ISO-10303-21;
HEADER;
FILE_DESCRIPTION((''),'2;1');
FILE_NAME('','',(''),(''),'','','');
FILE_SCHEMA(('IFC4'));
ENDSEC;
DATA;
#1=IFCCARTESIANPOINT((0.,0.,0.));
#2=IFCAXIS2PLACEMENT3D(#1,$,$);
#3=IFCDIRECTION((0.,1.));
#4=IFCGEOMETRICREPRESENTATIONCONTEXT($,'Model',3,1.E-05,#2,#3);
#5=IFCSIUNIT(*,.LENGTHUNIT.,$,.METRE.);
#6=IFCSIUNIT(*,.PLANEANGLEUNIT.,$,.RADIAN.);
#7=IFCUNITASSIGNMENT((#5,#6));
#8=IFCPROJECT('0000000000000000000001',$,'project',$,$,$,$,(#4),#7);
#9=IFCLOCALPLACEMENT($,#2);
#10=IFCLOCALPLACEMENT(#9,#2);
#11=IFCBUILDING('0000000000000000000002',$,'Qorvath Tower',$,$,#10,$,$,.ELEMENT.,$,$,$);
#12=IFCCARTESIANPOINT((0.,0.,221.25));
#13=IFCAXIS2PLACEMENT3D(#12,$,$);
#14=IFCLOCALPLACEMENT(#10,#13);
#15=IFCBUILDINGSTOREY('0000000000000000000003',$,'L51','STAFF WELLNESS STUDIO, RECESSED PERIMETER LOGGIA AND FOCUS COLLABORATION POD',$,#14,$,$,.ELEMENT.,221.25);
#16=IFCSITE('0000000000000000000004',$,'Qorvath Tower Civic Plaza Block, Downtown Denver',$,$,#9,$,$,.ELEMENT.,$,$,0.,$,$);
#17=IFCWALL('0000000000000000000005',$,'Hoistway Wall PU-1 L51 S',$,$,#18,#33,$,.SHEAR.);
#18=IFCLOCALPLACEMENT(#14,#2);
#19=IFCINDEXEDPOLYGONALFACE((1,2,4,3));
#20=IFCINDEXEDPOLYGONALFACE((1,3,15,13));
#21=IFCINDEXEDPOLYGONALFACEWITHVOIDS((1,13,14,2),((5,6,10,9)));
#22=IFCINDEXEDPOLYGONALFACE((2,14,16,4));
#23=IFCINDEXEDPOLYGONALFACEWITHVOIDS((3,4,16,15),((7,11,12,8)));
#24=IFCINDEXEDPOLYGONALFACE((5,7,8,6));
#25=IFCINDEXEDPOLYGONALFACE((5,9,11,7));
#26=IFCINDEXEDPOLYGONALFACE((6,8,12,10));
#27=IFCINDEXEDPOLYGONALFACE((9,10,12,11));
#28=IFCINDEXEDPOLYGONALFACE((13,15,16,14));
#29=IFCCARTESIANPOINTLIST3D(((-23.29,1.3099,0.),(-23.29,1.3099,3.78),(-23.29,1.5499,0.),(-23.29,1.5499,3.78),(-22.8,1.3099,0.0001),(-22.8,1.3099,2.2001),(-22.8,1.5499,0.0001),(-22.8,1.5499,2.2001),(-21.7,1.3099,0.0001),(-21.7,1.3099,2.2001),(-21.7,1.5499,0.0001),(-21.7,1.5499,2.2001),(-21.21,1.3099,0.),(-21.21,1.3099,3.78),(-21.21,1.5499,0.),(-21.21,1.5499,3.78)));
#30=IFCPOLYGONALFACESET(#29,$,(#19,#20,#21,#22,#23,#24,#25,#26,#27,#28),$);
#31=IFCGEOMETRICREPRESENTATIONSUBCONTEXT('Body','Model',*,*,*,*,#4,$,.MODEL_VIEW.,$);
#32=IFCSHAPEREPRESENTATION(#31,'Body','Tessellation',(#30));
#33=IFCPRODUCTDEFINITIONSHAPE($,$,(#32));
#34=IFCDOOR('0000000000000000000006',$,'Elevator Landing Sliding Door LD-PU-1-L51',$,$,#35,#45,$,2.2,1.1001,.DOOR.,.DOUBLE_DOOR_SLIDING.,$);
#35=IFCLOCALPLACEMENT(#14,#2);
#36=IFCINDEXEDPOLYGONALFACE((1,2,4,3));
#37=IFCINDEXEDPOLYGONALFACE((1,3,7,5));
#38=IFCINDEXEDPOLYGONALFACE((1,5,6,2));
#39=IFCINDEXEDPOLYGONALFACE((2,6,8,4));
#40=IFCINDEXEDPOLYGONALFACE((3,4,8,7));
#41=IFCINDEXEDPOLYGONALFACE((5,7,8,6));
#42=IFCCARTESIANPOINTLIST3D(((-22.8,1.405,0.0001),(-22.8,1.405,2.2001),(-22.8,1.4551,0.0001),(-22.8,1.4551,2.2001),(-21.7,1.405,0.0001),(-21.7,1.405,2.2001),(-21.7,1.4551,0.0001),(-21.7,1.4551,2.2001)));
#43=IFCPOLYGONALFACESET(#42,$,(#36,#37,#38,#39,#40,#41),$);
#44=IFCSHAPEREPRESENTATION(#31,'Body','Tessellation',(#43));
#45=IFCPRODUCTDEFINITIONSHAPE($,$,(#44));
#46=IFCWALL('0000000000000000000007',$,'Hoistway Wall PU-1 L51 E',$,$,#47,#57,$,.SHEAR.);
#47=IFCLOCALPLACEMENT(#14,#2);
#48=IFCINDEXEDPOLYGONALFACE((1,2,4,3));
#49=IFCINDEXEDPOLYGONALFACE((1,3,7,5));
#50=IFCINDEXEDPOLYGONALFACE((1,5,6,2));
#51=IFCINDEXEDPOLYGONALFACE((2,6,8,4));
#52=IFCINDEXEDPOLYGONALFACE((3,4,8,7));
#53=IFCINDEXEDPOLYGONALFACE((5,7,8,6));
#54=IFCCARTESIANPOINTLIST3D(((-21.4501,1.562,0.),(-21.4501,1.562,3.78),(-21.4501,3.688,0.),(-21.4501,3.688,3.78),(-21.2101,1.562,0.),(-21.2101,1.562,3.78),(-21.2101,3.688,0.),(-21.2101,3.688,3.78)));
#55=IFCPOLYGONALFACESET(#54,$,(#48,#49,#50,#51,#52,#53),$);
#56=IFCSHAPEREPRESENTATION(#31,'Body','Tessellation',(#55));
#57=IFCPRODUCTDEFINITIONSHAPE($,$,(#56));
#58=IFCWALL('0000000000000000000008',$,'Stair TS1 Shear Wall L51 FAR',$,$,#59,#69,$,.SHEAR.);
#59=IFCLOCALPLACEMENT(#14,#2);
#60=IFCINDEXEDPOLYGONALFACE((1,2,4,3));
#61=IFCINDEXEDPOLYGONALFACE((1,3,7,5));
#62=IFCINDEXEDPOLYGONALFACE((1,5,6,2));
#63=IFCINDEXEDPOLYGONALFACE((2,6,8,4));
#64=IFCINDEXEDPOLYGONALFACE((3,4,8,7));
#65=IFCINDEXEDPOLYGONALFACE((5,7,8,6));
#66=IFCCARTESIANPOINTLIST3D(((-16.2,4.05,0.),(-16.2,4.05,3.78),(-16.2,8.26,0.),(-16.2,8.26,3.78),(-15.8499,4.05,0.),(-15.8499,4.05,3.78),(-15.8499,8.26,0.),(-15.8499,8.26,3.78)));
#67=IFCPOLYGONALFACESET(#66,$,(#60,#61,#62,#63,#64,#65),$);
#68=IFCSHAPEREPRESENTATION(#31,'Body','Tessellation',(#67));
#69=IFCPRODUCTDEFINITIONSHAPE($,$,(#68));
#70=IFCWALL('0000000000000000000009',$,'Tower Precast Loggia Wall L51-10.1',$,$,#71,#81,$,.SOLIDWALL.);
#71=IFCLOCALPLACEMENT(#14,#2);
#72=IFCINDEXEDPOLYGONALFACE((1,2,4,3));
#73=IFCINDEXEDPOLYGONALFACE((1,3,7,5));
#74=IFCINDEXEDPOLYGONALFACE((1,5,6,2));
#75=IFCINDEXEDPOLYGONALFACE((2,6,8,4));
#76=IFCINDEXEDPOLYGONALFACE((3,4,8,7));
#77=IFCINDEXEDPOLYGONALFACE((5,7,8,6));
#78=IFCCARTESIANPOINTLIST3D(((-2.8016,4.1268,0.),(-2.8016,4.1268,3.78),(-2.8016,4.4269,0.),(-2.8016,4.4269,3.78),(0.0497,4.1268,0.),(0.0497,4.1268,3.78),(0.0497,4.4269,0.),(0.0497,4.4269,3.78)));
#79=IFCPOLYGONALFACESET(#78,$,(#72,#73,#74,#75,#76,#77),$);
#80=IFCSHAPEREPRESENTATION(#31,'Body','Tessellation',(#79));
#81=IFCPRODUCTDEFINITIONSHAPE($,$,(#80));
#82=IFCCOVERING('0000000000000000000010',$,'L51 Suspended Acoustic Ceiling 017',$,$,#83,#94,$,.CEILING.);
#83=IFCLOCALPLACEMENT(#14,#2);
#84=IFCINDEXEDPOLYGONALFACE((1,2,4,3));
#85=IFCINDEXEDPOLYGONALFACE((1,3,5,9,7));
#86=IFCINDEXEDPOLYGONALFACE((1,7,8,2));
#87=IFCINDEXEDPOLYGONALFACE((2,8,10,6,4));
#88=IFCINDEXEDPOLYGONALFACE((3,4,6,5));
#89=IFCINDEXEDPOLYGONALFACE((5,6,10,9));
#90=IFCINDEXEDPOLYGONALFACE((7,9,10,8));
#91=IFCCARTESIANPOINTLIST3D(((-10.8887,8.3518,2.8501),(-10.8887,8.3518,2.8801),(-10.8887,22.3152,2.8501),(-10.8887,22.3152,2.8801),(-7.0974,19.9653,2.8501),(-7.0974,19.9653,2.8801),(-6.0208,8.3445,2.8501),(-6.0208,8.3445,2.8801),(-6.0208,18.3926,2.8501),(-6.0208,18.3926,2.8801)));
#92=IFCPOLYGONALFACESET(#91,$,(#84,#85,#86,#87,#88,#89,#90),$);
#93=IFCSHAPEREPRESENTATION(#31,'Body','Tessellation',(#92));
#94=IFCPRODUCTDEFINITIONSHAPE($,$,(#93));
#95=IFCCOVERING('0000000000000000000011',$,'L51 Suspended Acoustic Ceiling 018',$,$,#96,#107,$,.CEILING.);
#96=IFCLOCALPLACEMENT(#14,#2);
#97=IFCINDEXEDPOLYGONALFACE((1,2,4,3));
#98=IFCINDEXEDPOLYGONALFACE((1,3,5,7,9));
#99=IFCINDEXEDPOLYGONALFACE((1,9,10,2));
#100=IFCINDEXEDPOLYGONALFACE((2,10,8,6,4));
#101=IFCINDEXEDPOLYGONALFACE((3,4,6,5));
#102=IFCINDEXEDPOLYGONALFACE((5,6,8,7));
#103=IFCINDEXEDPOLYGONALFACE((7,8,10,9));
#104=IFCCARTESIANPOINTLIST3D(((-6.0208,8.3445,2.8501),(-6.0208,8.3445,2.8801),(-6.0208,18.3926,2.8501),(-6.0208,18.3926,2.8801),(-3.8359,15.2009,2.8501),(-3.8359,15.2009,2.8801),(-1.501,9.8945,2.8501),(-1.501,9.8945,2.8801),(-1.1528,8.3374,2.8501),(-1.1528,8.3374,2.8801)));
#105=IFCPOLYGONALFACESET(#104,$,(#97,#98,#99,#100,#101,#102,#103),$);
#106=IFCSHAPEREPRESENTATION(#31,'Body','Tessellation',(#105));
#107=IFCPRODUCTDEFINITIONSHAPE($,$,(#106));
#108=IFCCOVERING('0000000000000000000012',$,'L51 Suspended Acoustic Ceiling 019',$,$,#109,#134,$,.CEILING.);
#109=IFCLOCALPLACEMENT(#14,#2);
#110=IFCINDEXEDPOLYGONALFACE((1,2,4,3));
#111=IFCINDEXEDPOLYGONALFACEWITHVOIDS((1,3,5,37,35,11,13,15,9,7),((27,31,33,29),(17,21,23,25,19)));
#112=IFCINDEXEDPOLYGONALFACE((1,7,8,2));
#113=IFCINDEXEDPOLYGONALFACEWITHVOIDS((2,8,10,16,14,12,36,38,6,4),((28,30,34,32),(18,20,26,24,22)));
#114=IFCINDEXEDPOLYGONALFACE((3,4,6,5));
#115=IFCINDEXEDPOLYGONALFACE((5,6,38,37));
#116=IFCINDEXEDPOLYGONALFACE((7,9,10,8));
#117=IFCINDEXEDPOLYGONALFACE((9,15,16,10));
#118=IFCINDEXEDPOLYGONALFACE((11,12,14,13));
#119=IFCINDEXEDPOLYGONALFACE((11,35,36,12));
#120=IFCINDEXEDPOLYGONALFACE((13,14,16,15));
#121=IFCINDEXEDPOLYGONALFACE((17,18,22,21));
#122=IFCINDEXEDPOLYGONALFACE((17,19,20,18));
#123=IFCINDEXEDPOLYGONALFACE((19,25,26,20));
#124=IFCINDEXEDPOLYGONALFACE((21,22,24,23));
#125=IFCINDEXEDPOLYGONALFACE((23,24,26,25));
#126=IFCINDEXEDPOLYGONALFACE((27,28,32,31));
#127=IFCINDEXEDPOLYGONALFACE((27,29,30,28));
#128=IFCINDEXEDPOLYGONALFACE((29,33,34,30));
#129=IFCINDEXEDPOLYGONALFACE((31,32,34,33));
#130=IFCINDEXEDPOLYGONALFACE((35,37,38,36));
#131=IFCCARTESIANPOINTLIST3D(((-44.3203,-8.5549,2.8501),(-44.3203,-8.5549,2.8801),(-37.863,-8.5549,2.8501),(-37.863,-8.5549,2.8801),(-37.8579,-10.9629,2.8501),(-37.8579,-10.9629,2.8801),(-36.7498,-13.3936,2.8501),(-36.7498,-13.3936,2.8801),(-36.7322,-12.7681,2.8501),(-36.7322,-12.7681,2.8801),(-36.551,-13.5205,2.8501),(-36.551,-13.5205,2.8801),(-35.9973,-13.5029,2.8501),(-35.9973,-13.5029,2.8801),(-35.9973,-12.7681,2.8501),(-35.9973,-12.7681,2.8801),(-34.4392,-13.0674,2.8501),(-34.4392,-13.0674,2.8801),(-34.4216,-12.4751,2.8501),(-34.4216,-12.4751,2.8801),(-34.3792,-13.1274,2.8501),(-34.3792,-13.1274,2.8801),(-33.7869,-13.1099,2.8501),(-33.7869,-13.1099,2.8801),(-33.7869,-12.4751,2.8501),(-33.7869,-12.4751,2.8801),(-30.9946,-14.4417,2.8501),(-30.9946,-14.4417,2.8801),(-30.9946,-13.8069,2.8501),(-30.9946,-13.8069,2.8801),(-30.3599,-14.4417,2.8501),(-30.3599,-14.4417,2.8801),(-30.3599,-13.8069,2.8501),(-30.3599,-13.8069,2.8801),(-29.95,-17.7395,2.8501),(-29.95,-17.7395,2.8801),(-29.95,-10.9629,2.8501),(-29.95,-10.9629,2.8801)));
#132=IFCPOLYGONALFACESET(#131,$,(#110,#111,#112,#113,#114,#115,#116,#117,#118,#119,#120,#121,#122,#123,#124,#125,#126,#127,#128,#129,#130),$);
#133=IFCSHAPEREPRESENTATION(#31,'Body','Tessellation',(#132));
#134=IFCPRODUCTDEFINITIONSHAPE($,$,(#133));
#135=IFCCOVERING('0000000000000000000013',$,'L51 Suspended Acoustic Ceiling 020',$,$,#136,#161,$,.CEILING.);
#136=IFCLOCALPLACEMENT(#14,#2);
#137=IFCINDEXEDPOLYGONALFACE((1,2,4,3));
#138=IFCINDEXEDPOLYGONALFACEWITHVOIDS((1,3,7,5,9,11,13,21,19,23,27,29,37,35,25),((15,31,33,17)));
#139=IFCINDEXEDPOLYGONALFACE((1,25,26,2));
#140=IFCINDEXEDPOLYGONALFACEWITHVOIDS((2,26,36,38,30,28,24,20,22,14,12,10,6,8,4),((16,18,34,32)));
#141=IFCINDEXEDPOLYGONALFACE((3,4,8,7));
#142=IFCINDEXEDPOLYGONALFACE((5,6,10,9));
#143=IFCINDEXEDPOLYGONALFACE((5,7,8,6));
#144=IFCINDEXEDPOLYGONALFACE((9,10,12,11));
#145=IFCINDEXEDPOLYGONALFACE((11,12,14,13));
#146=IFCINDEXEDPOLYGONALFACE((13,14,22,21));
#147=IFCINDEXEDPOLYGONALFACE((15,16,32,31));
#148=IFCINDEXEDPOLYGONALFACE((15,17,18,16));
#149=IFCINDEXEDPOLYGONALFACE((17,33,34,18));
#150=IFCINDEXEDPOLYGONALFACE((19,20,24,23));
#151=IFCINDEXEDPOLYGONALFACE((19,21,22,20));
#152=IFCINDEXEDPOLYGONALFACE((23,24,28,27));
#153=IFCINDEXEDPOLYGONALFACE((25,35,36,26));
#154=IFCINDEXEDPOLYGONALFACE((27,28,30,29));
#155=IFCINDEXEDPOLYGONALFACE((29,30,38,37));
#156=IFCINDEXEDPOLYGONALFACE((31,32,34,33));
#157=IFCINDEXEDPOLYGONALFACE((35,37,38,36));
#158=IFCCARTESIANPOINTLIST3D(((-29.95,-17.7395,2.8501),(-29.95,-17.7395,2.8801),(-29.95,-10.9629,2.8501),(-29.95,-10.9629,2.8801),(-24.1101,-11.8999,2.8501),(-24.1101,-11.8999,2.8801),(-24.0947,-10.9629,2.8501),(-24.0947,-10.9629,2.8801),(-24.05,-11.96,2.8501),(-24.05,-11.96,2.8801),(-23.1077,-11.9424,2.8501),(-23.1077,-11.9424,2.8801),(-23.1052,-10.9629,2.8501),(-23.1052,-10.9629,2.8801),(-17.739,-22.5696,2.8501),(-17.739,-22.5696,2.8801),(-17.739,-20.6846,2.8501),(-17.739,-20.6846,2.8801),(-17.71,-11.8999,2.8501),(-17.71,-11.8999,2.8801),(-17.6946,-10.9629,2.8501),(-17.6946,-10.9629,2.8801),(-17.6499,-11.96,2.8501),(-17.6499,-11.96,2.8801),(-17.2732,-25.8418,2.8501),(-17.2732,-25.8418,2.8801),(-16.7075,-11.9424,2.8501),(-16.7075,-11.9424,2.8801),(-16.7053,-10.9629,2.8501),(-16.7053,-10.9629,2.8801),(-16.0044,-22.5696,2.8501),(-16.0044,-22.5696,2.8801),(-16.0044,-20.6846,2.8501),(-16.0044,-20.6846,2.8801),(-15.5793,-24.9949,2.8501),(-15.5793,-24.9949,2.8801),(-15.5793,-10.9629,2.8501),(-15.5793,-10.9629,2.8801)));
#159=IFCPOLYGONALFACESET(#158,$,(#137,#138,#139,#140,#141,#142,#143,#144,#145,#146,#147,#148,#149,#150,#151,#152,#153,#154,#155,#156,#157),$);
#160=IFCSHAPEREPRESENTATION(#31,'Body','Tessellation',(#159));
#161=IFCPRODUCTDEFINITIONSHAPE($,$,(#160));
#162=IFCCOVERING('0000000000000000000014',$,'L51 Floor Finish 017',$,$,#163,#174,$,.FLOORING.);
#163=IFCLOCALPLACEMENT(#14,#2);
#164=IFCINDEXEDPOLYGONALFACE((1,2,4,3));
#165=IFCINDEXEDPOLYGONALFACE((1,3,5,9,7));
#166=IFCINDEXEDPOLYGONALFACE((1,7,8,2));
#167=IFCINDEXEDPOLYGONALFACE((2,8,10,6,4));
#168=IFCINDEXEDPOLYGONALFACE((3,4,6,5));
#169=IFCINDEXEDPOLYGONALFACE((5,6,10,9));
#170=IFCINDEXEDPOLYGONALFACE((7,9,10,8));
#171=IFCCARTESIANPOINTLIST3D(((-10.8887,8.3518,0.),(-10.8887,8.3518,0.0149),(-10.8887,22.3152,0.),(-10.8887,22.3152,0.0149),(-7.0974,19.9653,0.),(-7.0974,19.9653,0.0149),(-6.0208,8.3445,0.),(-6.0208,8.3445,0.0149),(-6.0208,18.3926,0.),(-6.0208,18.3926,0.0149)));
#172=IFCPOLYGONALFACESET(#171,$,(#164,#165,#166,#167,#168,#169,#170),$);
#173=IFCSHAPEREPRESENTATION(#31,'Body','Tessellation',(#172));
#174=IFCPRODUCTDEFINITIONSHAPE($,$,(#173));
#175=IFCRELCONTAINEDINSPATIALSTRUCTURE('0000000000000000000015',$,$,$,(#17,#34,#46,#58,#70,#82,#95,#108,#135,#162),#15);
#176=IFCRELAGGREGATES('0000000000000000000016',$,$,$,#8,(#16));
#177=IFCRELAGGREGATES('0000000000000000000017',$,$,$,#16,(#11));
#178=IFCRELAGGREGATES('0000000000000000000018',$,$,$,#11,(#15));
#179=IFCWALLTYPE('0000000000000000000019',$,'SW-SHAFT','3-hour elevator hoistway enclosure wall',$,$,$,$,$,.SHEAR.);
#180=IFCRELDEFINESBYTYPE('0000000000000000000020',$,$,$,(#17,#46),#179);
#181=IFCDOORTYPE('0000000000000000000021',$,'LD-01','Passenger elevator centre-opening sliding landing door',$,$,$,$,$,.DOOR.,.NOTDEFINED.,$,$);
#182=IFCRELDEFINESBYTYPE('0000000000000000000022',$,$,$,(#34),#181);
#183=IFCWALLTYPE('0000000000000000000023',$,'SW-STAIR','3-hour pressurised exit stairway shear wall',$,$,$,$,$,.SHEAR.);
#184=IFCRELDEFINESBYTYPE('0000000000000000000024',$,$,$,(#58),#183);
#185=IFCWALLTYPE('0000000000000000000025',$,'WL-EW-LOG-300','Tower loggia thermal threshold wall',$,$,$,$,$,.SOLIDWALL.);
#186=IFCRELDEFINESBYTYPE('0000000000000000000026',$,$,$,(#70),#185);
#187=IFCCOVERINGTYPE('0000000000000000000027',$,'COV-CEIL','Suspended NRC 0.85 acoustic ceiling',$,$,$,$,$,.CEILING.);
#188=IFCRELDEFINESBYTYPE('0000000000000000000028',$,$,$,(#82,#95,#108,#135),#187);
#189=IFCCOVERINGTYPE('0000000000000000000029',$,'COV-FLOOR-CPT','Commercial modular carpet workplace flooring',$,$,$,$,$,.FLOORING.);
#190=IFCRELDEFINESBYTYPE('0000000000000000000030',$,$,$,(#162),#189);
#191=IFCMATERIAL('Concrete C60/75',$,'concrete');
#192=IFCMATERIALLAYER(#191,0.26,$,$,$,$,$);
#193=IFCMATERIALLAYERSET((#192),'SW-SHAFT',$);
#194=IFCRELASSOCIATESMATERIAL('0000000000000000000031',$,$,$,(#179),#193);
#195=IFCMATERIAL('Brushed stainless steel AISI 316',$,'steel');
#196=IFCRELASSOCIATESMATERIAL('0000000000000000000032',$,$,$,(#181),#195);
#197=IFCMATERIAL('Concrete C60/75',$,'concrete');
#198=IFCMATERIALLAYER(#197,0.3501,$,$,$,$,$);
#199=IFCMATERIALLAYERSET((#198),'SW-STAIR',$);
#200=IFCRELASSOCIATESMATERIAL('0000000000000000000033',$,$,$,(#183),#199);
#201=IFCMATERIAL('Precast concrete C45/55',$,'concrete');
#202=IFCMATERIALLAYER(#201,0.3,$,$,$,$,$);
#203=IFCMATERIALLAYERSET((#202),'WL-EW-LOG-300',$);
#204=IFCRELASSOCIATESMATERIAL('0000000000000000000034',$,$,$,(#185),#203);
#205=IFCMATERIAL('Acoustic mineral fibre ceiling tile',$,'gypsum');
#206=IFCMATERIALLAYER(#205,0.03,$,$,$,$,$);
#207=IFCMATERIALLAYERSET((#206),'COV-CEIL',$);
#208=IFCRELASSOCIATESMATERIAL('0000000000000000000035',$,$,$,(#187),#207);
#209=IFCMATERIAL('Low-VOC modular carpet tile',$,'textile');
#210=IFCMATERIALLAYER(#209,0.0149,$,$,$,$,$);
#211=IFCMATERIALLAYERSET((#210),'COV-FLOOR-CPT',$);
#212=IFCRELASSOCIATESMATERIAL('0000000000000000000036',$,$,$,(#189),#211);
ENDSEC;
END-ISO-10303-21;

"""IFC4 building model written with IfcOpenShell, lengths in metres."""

from ifc_helpers import new_model, si_unit, direction, frame, frame_2d, origin, place, context, subcontext, project, spatial, polyline, rectangle, outline, extrude, material, layer, layer_set, type_object, element, fill, save


model = new_model("IFC4")

# Units and contexts
model_context = context("Model", 3, precision=1e-05, world=origin(), true_north=direction((0.0, 1.0)))
body_context = subcontext(model_context, "Body", "Model", "MODEL_VIEW")
ifc_project = project(units=[si_unit("LENGTHUNIT", "METRE"), si_unit("PLANEANGLEUNIT", "RADIAN")], contexts=[model_context])

# Site, building, storey
site_placement = place(None, origin())
site = spatial("IfcSite", under=ifc_project, at=site_placement, Name="Qorvath Tower Civic Plaza Block, Downtown Denver", CompositionType="ELEMENT", RefElevation=0.0)
building_placement = place(site_placement, origin())
building = spatial("IfcBuilding", under=site, at=building_placement, Name="Qorvath Tower", CompositionType="ELEMENT")
storey_placement = place(building_placement, frame((0.0, 0.0, 221.25)))
storey = spatial("IfcBuildingStorey", under=building, at=storey_placement, Name="L51", Description="STAFF WELLNESS STUDIO, RECESSED PERIMETER LOGGIA AND FOCUS COLLABORATION POD", CompositionType="ELEMENT", Elevation=221.25)

# Wall, opening, door
ifc_material_1 = material(Name="Concrete C60/75", Category="concrete")
ifc_layer_1 = layer(ifc_material_1, 0.26)
ifc_layer_set_1 = layer_set([ifc_layer_1], Name="SW-SHAFT")
wall_type_1 = type_object("IfcWallType", Name="SW-SHAFT", Description="3-hour elevator hoistway enclosure wall", PredefinedType="SHEAR", material=ifc_layer_set_1)
wall_1_placement = place(storey_placement, frame((-21.21, 1.4299, 0.0), z_axis=(0.0, 0.0, 1.0), x_axis=(-1.0, 0.0, 0.0)))
wall_1 = element("IfcWall", 1, at=wall_1_placement, inside=storey, type_object=wall_type_1, Name="Hoistway Wall PU-1 L51 S", PredefinedType="SHEAR", context=body_context, shape_type="SweptSolid", body=[
    extrude(rectangle(XDim=2.0801, YDim=0.24, at=frame_2d((1.04, 0.0))), origin(), (0.0, 0.0, 1.0), 3.78),
])
opening_1_placement = place(wall_1_placement, frame((0.49, 0.0, 0.0)))
opening_1 = element("IfcOpeningElement", 2, at=opening_1_placement, cuts=wall_1, PredefinedType="OPENING", context=body_context, shape_type="SweptSolid", body=[
    extrude(rectangle(XDim=1.1001, YDim=2.2, at=frame_2d((0.55, 1.1001))), frame((0.0, 0.1299, 0.0), z_axis=(0.0, -1.0, 0.0), x_axis=(1.0, 0.0, 0.0)), (0.0, 0.0, 1.0), 0.26),
])
ifc_material_2 = material(Name="Brushed stainless steel AISI 316", Category="steel")
door_type_1 = type_object("IfcDoorType", Name="LD-01", Description="Passenger elevator centre-opening sliding landing door", OperationType="NOTDEFINED", PredefinedType="DOOR", material=ifc_material_2)
door_1_placement = place(opening_1_placement, origin())
door_1 = element("IfcDoor", 3, at=door_1_placement, inside=storey, type_object=door_type_1, Name="Elevator Landing Sliding Door LD-PU-1-L51", OperationType="DOUBLE_DOOR_SLIDING", OverallHeight=2.2, OverallWidth=1.1001, PredefinedType="DOOR", context=body_context, shape_type="SweptSolid", body=[
    extrude(rectangle(XDim=1.1001, YDim=2.2, at=frame_2d((0.55, 1.1001))), frame((0.0, 0.0249, 0.0), z_axis=(0.0, -1.0, 0.0), x_axis=(1.0, 0.0, 0.0)), (0.0, 0.0, 1.0), 0.05),
])
fill(opening_1, door_1)

# Walls
wall_2_placement = place(storey_placement, frame((-21.3301, 3.688, 0.0), z_axis=(0.0, 0.0, 1.0), x_axis=(0.0, -1.0, 0.0)))
element("IfcWall", 4, at=wall_2_placement, inside=storey, type_object=wall_type_1, Name="Hoistway Wall PU-1 L51 E", PredefinedType="SHEAR", context=body_context, shape_type="SweptSolid", body=[
    extrude(rectangle(XDim=2.126, YDim=0.24, at=frame_2d((1.063, 0.0))), origin(), (0.0, 0.0, 1.0), 3.78),
])
ifc_material_3 = material(Name="Concrete C60/75", Category="concrete")
ifc_layer_2 = layer(ifc_material_3, 0.3501)
ifc_layer_set_2 = layer_set([ifc_layer_2], Name="SW-STAIR")
wall_type_2 = type_object("IfcWallType", Name="SW-STAIR", Description="3-hour pressurised exit stairway shear wall", PredefinedType="SHEAR", material=ifc_layer_set_2)
wall_3_placement = place(storey_placement, frame((-16.0249, 4.05, 0.0), z_axis=(0.0, 0.0, 1.0), x_axis=(0.0, 1.0, 0.0)))
element("IfcWall", 5, at=wall_3_placement, inside=storey, type_object=wall_type_2, Name="Stair TS1 Shear Wall L51 FAR", PredefinedType="SHEAR", context=body_context, shape_type="SweptSolid", body=[
    extrude(rectangle(XDim=4.21, YDim=0.3501, at=frame_2d((2.105, 0.0))), origin(), (0.0, 0.0, 1.0), 3.78),
])
ifc_material_4 = material(Name="Precast concrete C45/55", Category="concrete")
ifc_layer_3 = layer(ifc_material_4, 0.3)
ifc_layer_set_3 = layer_set([ifc_layer_3], Name="WL-EW-LOG-300")
wall_type_3 = type_object("IfcWallType", Name="WL-EW-LOG-300", Description="Tower loggia thermal threshold wall", PredefinedType="SOLIDWALL", material=ifc_layer_set_3)
wall_4_placement = place(storey_placement, frame((-2.8018, 4.2769, 0.0), z_axis=(0.0, 0.0, 1.0), x_axis=(1.0, 0.0, 0.0)))
element("IfcWall", 6, at=wall_4_placement, inside=storey, type_object=wall_type_3, Name="Tower Precast Loggia Wall L51-10.1", PredefinedType="SOLIDWALL", context=body_context, shape_type="SweptSolid", body=[
    extrude(rectangle(XDim=2.8513, YDim=0.3, at=frame_2d((1.4258, 0.0))), origin(), (0.0, 0.0, 1.0), 3.78),
])

# Coverings
ifc_material_5 = material(Name="Acoustic mineral fibre ceiling tile", Category="gypsum")
ifc_layer_4 = layer(ifc_material_5, 0.03)
ifc_layer_set_4 = layer_set([ifc_layer_4], Name="COV-CEIL")
covering_type_1 = type_object("IfcCoveringType", Name="COV-CEIL", Description="Suspended NRC 0.85 acoustic ceiling", PredefinedType="CEILING", material=ifc_layer_set_4)
covering_1_placement = place(storey_placement, frame((0.0, 0.0, 2.8501)))
element("IfcCovering", 7, at=covering_1_placement, inside=storey, type_object=covering_type_1, Name="L51 Suspended Acoustic Ceiling 017", PredefinedType="CEILING", context=body_context, shape_type="SweptSolid", body=[
    extrude(outline(polyline([(-6.0208, 8.3445), (-6.0208, 18.3926), (-7.0974, 19.9653), (-10.8887, 22.3152), (-10.8887, 8.3518), (-6.0208, 8.3445)])), origin(), (0.0, 0.0, 1.0), 0.03),
])
covering_2_placement = place(storey_placement, frame((0.0, 0.0, 2.8501)))
element("IfcCovering", 8, at=covering_2_placement, inside=storey, type_object=covering_type_1, Name="L51 Suspended Acoustic Ceiling 018", PredefinedType="CEILING", context=body_context, shape_type="SweptSolid", body=[
    extrude(outline(polyline([(-1.1528, 8.3374), (-1.501, 9.8945), (-3.8359, 15.2009), (-6.0208, 18.3926), (-6.0208, 8.3445), (-1.1528, 8.3374)])), origin(), (0.0, 0.0, 1.0), 0.03),
])
covering_3_placement = place(storey_placement, frame((0.0, 0.0, 2.8501)))
element("IfcCovering", 9, at=covering_3_placement, inside=storey, type_object=covering_type_1, Name="L51 Suspended Acoustic Ceiling 019", PredefinedType="CEILING", context=body_context, shape_type="SweptSolid", body=[
    extrude(outline(polyline([(-29.95, -17.7395), (-29.95, -10.9629), (-37.8579, -10.9629), (-37.863, -8.5549), (-44.3203, -8.5549), (-36.7498, -13.3936), (-36.7322, -12.7681), (-35.9973, -12.7681), (-35.9973, -13.5029), (-36.551, -13.5205), (-29.95, -17.7395)]), holes=[polyline([(-30.9946, -14.4417), (-30.9946, -13.8069), (-30.3599, -13.8069), (-30.3599, -14.4417), (-30.9946, -14.4417)]), polyline([(-34.4392, -13.0674), (-34.4216, -12.4751), (-33.7869, -12.4751), (-33.7869, -13.1099), (-34.3792, -13.1274), (-34.4392, -13.0674)])]), origin(), (0.0, 0.0, 1.0), 0.03),
])
covering_4_placement = place(storey_placement, frame((0.0, 0.0, 2.8501)))
element("IfcCovering", 10, at=covering_4_placement, inside=storey, type_object=covering_type_1, Name="L51 Suspended Acoustic Ceiling 020", PredefinedType="CEILING", context=body_context, shape_type="SweptSolid", body=[
    extrude(outline(polyline([(-15.5793, -24.9949), (-15.5793, -10.9629), (-16.7053, -10.9629), (-16.7075, -11.9424), (-17.6499, -11.96), (-17.71, -11.8999), (-17.6946, -10.9629), (-23.1052, -10.9629), (-23.1077, -11.9424), (-24.05, -11.96), (-24.1101, -11.8999), (-24.0947, -10.9629), (-29.95, -10.9629), (-29.95, -17.7395), (-17.2732, -25.8418), (-15.5793, -24.9949)]), holes=[polyline([(-17.739, -22.5696), (-17.739, -20.6846), (-16.0044, -20.6846), (-16.0044, -22.5696), (-17.739, -22.5696)])]), origin(), (0.0, 0.0, 1.0), 0.03),
])
ifc_material_6 = material(Name="Low-VOC modular carpet tile", Category="textile")
ifc_layer_5 = layer(ifc_material_6, 0.0149)
ifc_layer_set_5 = layer_set([ifc_layer_5], Name="COV-FLOOR-CPT")
covering_type_2 = type_object("IfcCoveringType", Name="COV-FLOOR-CPT", Description="Commercial modular carpet workplace flooring", PredefinedType="FLOORING", material=ifc_layer_set_5)
covering_5_placement = place(storey_placement, origin())
element("IfcCovering", 11, at=covering_5_placement, inside=storey, type_object=covering_type_2, Name="L51 Floor Finish 017", PredefinedType="FLOORING", context=body_context, shape_type="SweptSolid", body=[
    extrude(outline(polyline([(-6.0208, 8.3445), (-6.0208, 18.3926), (-7.0974, 19.9653), (-10.8887, 22.3152), (-10.8887, 8.3518), (-6.0208, 8.3445)])), origin(), (0.0, 0.0, 1.0), 0.0149),
])

save(model, "model.ifc")
